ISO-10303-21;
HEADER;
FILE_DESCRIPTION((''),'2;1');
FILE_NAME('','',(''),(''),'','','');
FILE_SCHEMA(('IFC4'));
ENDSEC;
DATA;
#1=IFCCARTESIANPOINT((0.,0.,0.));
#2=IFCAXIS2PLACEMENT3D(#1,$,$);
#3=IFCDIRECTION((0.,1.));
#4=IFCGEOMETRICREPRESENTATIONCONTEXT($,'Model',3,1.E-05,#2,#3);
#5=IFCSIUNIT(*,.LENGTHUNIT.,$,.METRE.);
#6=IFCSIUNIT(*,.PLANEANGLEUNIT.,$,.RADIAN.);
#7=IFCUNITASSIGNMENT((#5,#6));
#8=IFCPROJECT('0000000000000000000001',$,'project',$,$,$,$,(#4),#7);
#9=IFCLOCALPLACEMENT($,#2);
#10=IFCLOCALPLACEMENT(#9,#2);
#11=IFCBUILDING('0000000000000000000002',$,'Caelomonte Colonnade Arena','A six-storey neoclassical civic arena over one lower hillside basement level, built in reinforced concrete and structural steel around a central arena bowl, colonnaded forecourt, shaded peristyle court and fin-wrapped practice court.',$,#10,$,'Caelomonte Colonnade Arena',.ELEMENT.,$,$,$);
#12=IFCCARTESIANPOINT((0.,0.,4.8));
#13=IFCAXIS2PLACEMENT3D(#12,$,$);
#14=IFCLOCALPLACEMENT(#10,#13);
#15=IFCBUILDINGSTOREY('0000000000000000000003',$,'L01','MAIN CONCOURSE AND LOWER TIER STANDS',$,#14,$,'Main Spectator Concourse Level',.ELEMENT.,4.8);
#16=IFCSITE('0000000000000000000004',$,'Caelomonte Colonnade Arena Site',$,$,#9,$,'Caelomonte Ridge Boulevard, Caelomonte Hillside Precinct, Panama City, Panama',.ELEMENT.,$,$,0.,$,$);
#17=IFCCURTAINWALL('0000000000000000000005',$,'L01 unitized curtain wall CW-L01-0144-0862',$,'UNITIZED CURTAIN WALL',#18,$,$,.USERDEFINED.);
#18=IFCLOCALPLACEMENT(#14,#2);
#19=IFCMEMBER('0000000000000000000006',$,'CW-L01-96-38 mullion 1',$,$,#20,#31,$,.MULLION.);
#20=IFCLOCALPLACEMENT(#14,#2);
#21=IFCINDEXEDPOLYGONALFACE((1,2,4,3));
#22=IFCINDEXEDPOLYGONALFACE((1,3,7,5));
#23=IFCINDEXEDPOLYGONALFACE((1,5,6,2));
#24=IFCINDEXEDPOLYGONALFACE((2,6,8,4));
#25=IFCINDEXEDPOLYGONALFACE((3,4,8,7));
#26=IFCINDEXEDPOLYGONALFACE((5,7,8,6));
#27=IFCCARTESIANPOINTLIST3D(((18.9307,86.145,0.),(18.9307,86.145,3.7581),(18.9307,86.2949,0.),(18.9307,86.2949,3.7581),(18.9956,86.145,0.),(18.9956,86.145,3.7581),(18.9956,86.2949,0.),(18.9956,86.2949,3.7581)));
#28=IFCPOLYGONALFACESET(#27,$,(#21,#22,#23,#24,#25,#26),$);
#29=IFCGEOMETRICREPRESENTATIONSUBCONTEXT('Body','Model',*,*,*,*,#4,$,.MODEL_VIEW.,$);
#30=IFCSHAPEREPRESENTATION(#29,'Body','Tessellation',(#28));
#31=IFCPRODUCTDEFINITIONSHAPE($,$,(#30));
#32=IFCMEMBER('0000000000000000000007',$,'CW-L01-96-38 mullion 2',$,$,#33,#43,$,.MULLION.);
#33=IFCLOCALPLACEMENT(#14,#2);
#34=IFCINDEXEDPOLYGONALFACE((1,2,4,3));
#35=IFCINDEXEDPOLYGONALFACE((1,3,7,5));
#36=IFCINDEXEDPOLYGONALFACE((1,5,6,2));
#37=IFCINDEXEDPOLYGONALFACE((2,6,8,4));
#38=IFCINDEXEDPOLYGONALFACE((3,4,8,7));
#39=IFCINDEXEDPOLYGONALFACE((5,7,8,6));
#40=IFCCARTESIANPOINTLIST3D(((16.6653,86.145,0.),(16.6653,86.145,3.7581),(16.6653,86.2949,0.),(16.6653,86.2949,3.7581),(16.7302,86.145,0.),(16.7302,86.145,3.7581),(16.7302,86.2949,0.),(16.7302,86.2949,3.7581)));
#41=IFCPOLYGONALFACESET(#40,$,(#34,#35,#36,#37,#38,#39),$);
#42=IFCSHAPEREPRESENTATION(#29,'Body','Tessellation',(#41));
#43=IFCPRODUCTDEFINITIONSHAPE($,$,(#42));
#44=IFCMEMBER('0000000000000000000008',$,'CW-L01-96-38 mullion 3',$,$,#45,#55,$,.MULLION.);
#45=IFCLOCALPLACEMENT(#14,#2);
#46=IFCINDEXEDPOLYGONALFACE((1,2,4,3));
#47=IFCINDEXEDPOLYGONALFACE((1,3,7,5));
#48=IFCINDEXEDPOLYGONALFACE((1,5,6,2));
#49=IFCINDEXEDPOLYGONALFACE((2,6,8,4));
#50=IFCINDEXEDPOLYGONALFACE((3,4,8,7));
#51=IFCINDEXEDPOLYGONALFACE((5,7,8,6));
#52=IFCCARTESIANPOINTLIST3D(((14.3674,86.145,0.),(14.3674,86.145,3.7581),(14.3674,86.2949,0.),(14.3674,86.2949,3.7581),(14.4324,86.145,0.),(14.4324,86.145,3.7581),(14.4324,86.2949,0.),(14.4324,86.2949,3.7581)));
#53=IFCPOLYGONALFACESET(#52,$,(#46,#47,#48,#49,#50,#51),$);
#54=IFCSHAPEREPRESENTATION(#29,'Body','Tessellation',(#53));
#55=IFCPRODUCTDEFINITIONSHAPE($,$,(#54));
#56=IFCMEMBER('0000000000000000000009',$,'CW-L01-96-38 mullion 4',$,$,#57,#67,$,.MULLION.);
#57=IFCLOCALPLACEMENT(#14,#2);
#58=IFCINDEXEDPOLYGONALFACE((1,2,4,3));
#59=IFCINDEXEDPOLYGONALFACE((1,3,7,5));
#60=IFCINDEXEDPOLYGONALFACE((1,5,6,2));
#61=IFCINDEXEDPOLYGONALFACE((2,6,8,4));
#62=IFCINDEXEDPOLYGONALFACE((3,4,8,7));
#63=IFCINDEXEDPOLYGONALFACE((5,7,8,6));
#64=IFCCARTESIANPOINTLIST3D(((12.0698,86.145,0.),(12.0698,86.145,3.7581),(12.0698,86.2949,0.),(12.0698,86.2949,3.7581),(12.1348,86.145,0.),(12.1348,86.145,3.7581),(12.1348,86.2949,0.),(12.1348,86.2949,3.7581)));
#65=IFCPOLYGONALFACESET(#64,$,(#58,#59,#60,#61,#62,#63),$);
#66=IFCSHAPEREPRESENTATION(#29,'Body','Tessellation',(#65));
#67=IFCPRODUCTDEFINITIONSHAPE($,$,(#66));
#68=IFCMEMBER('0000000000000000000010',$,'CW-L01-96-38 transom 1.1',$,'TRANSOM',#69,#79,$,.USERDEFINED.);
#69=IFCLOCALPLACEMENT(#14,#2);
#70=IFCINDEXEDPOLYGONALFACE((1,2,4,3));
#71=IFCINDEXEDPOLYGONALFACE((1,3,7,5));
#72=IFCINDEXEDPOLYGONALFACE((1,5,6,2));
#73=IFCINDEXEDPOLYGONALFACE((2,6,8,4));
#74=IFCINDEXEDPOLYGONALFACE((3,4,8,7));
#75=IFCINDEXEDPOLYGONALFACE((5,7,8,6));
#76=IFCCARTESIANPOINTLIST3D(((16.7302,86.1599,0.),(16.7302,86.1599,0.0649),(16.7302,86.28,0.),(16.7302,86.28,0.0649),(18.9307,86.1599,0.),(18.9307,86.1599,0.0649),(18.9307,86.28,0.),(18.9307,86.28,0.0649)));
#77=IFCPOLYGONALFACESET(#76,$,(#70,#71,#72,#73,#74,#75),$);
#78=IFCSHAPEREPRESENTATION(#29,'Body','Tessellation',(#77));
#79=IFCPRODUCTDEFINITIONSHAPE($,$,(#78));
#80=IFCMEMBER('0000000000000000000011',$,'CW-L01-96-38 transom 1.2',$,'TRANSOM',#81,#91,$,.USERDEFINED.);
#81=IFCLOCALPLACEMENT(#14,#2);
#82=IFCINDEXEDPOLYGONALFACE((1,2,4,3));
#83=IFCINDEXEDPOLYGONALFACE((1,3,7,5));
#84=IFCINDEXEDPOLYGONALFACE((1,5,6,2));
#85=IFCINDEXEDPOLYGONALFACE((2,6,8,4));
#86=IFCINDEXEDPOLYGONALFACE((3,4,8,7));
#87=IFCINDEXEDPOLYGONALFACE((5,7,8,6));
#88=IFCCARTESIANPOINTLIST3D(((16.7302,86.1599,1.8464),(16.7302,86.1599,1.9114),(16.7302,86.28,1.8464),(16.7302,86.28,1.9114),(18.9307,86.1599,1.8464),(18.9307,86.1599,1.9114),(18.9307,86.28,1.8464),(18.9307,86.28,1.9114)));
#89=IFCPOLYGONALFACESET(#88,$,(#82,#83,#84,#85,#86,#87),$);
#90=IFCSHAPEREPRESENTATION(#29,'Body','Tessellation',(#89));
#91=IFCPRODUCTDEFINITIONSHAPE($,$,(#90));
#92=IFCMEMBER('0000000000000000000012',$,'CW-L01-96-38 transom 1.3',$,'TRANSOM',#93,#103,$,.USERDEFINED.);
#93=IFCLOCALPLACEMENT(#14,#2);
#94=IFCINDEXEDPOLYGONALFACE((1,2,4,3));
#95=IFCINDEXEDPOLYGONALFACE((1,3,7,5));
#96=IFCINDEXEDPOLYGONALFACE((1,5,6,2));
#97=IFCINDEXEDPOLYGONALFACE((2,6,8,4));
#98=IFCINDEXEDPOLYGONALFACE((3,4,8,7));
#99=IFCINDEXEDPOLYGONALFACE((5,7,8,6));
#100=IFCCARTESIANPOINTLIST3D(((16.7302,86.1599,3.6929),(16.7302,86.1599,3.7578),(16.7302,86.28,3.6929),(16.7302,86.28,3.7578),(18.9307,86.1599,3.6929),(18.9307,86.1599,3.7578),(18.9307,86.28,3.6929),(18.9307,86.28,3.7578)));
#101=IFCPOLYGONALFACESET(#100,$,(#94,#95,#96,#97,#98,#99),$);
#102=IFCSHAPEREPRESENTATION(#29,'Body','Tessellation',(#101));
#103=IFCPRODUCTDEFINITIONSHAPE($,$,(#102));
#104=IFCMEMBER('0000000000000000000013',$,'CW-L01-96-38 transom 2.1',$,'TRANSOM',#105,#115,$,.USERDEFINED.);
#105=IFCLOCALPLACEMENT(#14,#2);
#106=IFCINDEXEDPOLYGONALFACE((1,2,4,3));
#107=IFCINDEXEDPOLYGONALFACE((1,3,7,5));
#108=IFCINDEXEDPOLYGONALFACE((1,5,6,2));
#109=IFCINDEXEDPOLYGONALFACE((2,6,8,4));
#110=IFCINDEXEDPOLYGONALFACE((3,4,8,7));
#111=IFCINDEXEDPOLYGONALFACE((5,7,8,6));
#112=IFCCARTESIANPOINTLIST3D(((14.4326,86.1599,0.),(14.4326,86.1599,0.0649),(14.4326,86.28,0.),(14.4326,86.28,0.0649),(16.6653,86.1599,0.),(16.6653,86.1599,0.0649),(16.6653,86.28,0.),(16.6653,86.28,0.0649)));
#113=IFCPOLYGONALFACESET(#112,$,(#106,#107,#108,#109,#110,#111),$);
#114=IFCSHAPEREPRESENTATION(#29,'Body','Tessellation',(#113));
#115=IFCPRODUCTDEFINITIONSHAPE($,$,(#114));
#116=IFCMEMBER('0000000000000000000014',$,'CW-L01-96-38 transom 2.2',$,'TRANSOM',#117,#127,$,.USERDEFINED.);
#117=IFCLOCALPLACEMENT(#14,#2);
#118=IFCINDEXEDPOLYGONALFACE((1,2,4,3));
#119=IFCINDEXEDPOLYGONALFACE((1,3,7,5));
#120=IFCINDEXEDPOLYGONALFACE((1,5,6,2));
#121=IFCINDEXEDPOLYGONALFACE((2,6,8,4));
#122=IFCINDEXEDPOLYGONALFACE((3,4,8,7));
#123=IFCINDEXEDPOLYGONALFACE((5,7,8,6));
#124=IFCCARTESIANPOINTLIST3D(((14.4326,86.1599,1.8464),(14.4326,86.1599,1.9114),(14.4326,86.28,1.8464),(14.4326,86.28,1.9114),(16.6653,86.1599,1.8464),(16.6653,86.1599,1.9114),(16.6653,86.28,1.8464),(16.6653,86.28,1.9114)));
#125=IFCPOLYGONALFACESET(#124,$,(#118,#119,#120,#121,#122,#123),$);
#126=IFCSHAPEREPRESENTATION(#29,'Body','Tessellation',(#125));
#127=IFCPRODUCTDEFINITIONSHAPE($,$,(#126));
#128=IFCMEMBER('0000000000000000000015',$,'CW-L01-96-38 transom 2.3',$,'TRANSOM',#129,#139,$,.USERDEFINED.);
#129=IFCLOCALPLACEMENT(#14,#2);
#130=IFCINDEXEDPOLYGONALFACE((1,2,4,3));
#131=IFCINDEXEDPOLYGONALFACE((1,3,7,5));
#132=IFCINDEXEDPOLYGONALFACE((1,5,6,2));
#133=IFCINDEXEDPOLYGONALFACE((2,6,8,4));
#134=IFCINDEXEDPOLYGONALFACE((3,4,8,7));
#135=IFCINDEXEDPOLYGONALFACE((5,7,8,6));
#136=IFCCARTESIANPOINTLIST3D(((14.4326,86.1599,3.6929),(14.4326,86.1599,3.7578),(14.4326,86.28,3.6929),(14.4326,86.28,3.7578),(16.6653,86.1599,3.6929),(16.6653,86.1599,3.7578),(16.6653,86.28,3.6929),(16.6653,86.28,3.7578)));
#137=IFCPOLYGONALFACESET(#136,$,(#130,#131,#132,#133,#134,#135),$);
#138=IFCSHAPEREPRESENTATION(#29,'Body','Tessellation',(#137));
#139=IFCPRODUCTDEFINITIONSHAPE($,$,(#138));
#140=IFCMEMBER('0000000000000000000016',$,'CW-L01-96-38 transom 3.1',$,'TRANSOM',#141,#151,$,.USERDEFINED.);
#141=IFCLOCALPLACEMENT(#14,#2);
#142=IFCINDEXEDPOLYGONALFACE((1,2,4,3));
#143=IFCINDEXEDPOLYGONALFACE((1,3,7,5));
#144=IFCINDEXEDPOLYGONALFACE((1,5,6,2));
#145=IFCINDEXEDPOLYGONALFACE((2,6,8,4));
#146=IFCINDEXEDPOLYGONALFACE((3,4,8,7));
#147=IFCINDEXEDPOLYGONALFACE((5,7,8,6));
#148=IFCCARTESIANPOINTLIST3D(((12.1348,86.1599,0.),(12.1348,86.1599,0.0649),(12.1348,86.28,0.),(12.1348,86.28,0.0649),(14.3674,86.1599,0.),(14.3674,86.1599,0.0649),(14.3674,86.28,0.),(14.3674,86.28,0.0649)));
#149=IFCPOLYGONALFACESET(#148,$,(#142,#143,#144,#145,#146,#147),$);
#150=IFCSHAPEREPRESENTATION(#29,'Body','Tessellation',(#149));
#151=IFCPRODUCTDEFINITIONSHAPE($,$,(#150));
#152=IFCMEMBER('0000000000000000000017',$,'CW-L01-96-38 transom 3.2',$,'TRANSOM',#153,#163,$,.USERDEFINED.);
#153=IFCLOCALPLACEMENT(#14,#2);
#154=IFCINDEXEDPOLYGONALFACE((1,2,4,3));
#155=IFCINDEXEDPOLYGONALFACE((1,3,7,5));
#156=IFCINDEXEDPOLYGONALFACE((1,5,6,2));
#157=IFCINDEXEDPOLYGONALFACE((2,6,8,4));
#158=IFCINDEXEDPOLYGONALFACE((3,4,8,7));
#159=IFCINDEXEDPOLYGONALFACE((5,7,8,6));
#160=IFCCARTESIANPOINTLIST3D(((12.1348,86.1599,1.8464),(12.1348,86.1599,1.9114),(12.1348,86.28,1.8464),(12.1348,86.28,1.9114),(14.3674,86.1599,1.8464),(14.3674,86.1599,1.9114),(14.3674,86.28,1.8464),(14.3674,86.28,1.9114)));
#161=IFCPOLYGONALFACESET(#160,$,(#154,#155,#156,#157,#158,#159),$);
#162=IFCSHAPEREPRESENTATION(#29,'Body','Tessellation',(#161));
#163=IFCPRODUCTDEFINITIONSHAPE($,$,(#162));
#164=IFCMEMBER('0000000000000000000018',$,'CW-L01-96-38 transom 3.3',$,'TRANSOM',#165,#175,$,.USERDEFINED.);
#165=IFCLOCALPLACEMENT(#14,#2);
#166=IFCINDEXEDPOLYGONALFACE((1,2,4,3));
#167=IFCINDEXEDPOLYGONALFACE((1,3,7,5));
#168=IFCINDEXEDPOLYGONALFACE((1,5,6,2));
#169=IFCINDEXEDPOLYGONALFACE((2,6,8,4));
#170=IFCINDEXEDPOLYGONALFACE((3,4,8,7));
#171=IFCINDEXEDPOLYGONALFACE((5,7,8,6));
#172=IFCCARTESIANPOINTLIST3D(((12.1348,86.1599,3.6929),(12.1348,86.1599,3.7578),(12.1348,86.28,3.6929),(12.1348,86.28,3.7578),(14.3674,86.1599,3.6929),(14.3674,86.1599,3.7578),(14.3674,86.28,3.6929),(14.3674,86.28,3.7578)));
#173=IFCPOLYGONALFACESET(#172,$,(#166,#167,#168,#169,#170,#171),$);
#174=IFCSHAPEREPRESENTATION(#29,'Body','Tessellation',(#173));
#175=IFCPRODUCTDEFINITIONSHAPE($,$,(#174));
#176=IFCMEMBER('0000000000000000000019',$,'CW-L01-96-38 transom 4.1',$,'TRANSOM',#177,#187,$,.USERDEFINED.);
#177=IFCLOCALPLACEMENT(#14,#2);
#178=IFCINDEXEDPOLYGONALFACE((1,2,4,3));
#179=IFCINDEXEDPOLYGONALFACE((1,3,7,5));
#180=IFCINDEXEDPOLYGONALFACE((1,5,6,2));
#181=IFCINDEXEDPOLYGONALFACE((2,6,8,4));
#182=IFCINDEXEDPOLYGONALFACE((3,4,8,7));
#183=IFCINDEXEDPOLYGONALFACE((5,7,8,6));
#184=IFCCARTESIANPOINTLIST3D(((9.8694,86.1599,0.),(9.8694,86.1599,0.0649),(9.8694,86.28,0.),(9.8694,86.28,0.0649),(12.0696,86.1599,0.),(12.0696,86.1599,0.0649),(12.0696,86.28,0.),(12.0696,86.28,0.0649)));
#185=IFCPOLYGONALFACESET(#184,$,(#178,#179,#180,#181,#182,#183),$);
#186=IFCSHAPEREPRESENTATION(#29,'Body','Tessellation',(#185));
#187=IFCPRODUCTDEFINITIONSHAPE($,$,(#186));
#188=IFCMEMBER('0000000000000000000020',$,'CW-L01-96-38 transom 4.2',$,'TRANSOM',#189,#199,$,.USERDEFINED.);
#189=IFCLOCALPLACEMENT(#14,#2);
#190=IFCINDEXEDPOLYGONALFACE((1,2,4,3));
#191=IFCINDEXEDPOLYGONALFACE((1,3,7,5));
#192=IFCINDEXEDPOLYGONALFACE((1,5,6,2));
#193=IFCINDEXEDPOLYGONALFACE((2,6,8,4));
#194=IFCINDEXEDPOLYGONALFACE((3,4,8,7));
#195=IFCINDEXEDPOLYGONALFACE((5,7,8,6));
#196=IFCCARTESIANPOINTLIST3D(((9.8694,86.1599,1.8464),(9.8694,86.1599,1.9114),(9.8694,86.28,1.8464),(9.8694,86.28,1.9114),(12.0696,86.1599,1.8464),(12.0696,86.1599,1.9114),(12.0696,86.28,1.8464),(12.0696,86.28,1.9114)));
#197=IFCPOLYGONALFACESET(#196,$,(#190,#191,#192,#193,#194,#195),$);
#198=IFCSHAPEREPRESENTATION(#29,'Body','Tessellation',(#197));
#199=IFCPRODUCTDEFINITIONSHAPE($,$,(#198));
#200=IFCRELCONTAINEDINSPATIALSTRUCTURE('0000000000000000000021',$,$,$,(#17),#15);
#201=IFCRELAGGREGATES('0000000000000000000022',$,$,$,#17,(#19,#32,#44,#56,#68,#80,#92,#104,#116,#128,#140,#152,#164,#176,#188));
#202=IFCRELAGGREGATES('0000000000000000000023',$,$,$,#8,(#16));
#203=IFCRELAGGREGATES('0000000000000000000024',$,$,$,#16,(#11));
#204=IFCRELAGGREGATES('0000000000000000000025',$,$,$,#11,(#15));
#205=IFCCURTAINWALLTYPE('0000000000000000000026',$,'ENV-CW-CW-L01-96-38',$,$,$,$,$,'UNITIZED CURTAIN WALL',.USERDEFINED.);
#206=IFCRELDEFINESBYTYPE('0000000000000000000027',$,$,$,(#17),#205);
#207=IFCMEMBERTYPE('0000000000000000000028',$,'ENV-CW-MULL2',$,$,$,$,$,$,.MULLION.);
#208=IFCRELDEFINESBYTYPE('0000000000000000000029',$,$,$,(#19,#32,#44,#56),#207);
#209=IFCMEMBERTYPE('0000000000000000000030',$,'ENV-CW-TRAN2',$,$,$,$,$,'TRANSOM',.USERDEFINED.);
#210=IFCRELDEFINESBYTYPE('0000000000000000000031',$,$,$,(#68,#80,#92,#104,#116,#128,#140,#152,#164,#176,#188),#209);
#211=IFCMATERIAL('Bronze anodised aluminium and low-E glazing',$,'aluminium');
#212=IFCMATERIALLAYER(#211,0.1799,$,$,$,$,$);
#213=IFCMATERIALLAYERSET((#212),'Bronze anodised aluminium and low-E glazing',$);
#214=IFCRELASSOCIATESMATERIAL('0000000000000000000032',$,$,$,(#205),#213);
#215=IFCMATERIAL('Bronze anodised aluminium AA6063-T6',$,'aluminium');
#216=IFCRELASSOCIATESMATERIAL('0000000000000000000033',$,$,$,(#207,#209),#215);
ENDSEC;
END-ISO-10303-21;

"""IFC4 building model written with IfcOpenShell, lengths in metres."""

from ifc_helpers import new_model, si_unit, direction, frame, origin, origin_2d, place, context, subcontext, project, spatial, rectangle, extrude, material, layer, layer_set, material_profile, profile_set, type_object, element, aggregate, save


model = new_model("IFC4")

# Units and contexts
model_context = context("Model", 3, precision=1e-05, world=origin(), true_north=direction((0.0, 1.0)))
body_context = subcontext(model_context, "Body", "Model", "MODEL_VIEW")
ifc_project = project(units=[si_unit("LENGTHUNIT", "METRE"), si_unit("PLANEANGLEUNIT", "RADIAN")], contexts=[model_context])

# Site, building, storey
site_placement = place(None, origin())
site = spatial("IfcSite", under=ifc_project, at=site_placement, Name="Caelomonte Colonnade Arena Site", LongName="Caelomonte Ridge Boulevard, Caelomonte Hillside Precinct, Panama City, Panama", CompositionType="ELEMENT", RefElevation=0.0)
building_placement = place(site_placement, origin())
building = spatial("IfcBuilding", under=site, at=building_placement, Name="Caelomonte Colonnade Arena", Description="A six-storey neoclassical civic arena over one lower hillside basement level, built in reinforced concrete and structural steel around a central arena bowl, colonnaded forecourt, shaded peristyle court and fin-wrapped practice court.", LongName="Caelomonte Colonnade Arena", CompositionType="ELEMENT")
storey_placement = place(building_placement, frame((0.0, 0.0, 4.8)))
storey = spatial("IfcBuildingStorey", under=building, at=storey_placement, Name="L01", Description="MAIN CONCOURSE AND LOWER TIER STANDS", LongName="Main Spectator Concourse Level", CompositionType="ELEMENT", Elevation=4.8)

# Curtain wall, members
ifc_material_1 = material(Name="Bronze anodised aluminium and low-E glazing", Category="aluminium")
ifc_layer_1 = layer(ifc_material_1, 0.1799)
ifc_layer_set_1 = layer_set([ifc_layer_1], Name="Bronze anodised aluminium and low-E glazing")
curtain_wall_type = type_object("IfcCurtainWallType", Name="ENV-CW-CW-L01-96-38", ElementType="UNITIZED CURTAIN WALL", PredefinedType="USERDEFINED", material=ifc_layer_set_1)
curtain_wall_placement = place(storey_placement, origin())
curtain_wall = element("IfcCurtainWall", 1, at=curtain_wall_placement, inside=storey, type_object=curtain_wall_type, Name="L01 unitized curtain wall CW-L01-0144-0862", ObjectType="UNITIZED CURTAIN WALL", PredefinedType="USERDEFINED")
ifc_material_2 = material(Name="Bronze anodised aluminium AA6063-T6", Category="aluminium")
ifc_material_profile_1 = material_profile(ifc_material_2, rectangle(XDim=0.0649, YDim=0.1499, at=origin_2d()), Name="CWM-65X150")
ifc_profile_set_1 = profile_set([ifc_material_profile_1], Name="Bronze anodised aluminium AA6063-T6")
member_type_1 = type_object("IfcMemberType", Name="ENV-CW-MULL2", PredefinedType="MULLION", material=ifc_profile_set_1)
member_1_placement = place(storey_placement, frame((18.9631, 86.22, 0.0), z_axis=(0.0, 0.0, 1.0), x_axis=(-1.0, 0.0, 0.0)))
member_1 = element("IfcMember", 2, at=member_1_placement, type_object=member_type_1, Name="CW-L01-96-38 mullion 1", PredefinedType="MULLION", context=body_context, shape_type="SweptSolid", body=[
    extrude(rectangle(XDim=0.0649, YDim=0.1499, at=origin_2d()), origin(), (0.0, 0.0, 1.0), 3.7581),
])
member_2_placement = place(storey_placement, frame((16.6978, 86.22, 0.0), z_axis=(0.0, 0.0, 1.0), x_axis=(-1.0, 0.0, 0.0)))
member_2 = element("IfcMember", 3, at=member_2_placement, type_object=member_type_1, Name="CW-L01-96-38 mullion 2", PredefinedType="MULLION", context=body_context, shape_type="SweptSolid", body=[
    extrude(rectangle(XDim=0.0649, YDim=0.1499, at=origin_2d()), origin(), (0.0, 0.0, 1.0), 3.7581),
])
member_3_placement = place(storey_placement, frame((14.3999, 86.22, 0.0), z_axis=(0.0, 0.0, 1.0), x_axis=(-1.0, 0.0, 0.0)))
member_3 = element("IfcMember", 4, at=member_3_placement, type_object=member_type_1, Name="CW-L01-96-38 mullion 3", PredefinedType="MULLION", context=body_context, shape_type="SweptSolid", body=[
    extrude(rectangle(XDim=0.0649, YDim=0.1499, at=origin_2d()), origin(), (0.0, 0.0, 1.0), 3.7581),
])
member_4_placement = place(storey_placement, frame((12.1023, 86.22, 0.0), z_axis=(0.0, 0.0, 1.0), x_axis=(-1.0, 0.0, 0.0)))
member_4 = element("IfcMember", 5, at=member_4_placement, type_object=member_type_1, Name="CW-L01-96-38 mullion 4", PredefinedType="MULLION", context=body_context, shape_type="SweptSolid", body=[
    extrude(rectangle(XDim=0.0649, YDim=0.1499, at=origin_2d()), origin(), (0.0, 0.0, 1.0), 3.7581),
])
ifc_material_profile_2 = material_profile(ifc_material_2, rectangle(XDim=0.0649, YDim=0.1201, at=origin_2d()), Name="CWT-65X120")
ifc_profile_set_2 = profile_set([ifc_material_profile_2], Name="Bronze anodised aluminium AA6063-T6")
member_type_2 = type_object("IfcMemberType", Name="ENV-CW-TRAN2", ElementType="TRANSOM", PredefinedType="USERDEFINED", material=ifc_profile_set_2)
member_5_placement = place(storey_placement, frame((18.9307, 86.22, 0.0325), z_axis=(-1.0, 0.0, 0.0), x_axis=(0.0, 0.0, 1.0)))
member_5 = element("IfcMember", 6, at=member_5_placement, type_object=member_type_2, Name="CW-L01-96-38 transom 1.1", ObjectType="TRANSOM", PredefinedType="USERDEFINED", context=body_context, shape_type="SweptSolid", body=[
    extrude(rectangle(XDim=0.0649, YDim=0.1201, at=origin_2d()), origin(), (0.0, 0.0, 1.0), 2.2004),
])
member_6_placement = place(storey_placement, frame((18.9307, 86.22, 1.8789), z_axis=(-1.0, 0.0, 0.0), x_axis=(0.0, 0.0, 1.0)))
member_6 = element("IfcMember", 7, at=member_6_placement, type_object=member_type_2, Name="CW-L01-96-38 transom 1.2", ObjectType="TRANSOM", PredefinedType="USERDEFINED", context=body_context, shape_type="SweptSolid", body=[
    extrude(rectangle(XDim=0.0649, YDim=0.1201, at=origin_2d()), origin(), (0.0, 0.0, 1.0), 2.2004),
])
member_7_placement = place(storey_placement, frame((18.9307, 86.22, 3.7253), z_axis=(-1.0, 0.0, 0.0), x_axis=(0.0, 0.0, 1.0)))
member_7 = element("IfcMember", 8, at=member_7_placement, type_object=member_type_2, Name="CW-L01-96-38 transom 1.3", ObjectType="TRANSOM", PredefinedType="USERDEFINED", context=body_context, shape_type="SweptSolid", body=[
    extrude(rectangle(XDim=0.0649, YDim=0.1201, at=origin_2d()), origin(), (0.0, 0.0, 1.0), 2.2004),
])
member_8_placement = place(storey_placement, frame((16.6653, 86.22, 0.0325), z_axis=(-1.0, 0.0, 0.0), x_axis=(0.0, 0.0, 1.0)))
member_8 = element("IfcMember", 9, at=member_8_placement, type_object=member_type_2, Name="CW-L01-96-38 transom 2.1", ObjectType="TRANSOM", PredefinedType="USERDEFINED", context=body_context, shape_type="SweptSolid", body=[
    extrude(rectangle(XDim=0.0649, YDim=0.1201, at=origin_2d()), origin(), (0.0, 0.0, 1.0), 2.2327),
])
member_9_placement = place(storey_placement, frame((16.6653, 86.22, 1.8789), z_axis=(-1.0, 0.0, 0.0), x_axis=(0.0, 0.0, 1.0)))
member_9 = element("IfcMember", 10, at=member_9_placement, type_object=member_type_2, Name="CW-L01-96-38 transom 2.2", ObjectType="TRANSOM", PredefinedType="USERDEFINED", context=body_context, shape_type="SweptSolid", body=[
    extrude(rectangle(XDim=0.0649, YDim=0.1201, at=origin_2d()), origin(), (0.0, 0.0, 1.0), 2.2327),
])
member_10_placement = place(storey_placement, frame((16.6653, 86.22, 3.7253), z_axis=(-1.0, 0.0, 0.0), x_axis=(0.0, 0.0, 1.0)))
member_10 = element("IfcMember", 11, at=member_10_placement, type_object=member_type_2, Name="CW-L01-96-38 transom 2.3", ObjectType="TRANSOM", PredefinedType="USERDEFINED", context=body_context, shape_type="SweptSolid", body=[
    extrude(rectangle(XDim=0.0649, YDim=0.1201, at=origin_2d()), origin(), (0.0, 0.0, 1.0), 2.2327),
])
member_11_placement = place(storey_placement, frame((14.3674, 86.22, 0.0325), z_axis=(-1.0, 0.0, 0.0), x_axis=(0.0, 0.0, 1.0)))
member_11 = element("IfcMember", 12, at=member_11_placement, type_object=member_type_2, Name="CW-L01-96-38 transom 3.1", ObjectType="TRANSOM", PredefinedType="USERDEFINED", context=body_context, shape_type="SweptSolid", body=[
    extrude(rectangle(XDim=0.0649, YDim=0.1201, at=origin_2d()), origin(), (0.0, 0.0, 1.0), 2.2327),
])
member_12_placement = place(storey_placement, frame((14.3674, 86.22, 1.8789), z_axis=(-1.0, 0.0, 0.0), x_axis=(0.0, 0.0, 1.0)))
member_12 = element("IfcMember", 13, at=member_12_placement, type_object=member_type_2, Name="CW-L01-96-38 transom 3.2", ObjectType="TRANSOM", PredefinedType="USERDEFINED", context=body_context, shape_type="SweptSolid", body=[
    extrude(rectangle(XDim=0.0649, YDim=0.1201, at=origin_2d()), origin(), (0.0, 0.0, 1.0), 2.2327),
])
member_13_placement = place(storey_placement, frame((14.3674, 86.22, 3.7253), z_axis=(-1.0, 0.0, 0.0), x_axis=(0.0, 0.0, 1.0)))
member_13 = element("IfcMember", 14, at=member_13_placement, type_object=member_type_2, Name="CW-L01-96-38 transom 3.3", ObjectType="TRANSOM", PredefinedType="USERDEFINED", context=body_context, shape_type="SweptSolid", body=[
    extrude(rectangle(XDim=0.0649, YDim=0.1201, at=origin_2d()), origin(), (0.0, 0.0, 1.0), 2.2327),
])
member_14_placement = place(storey_placement, frame((12.0696, 86.22, 0.0325), z_axis=(-1.0, 0.0, 0.0), x_axis=(0.0, 0.0, 1.0)))
member_14 = element("IfcMember", 15, at=member_14_placement, type_object=member_type_2, Name="CW-L01-96-38 transom 4.1", ObjectType="TRANSOM", PredefinedType="USERDEFINED", context=body_context, shape_type="SweptSolid", body=[
    extrude(rectangle(XDim=0.0649, YDim=0.1201, at=origin_2d()), origin(), (0.0, 0.0, 1.0), 2.2002),
])
member_15_placement = place(storey_placement, frame((12.0696, 86.22, 1.8789), z_axis=(-1.0, 0.0, 0.0), x_axis=(0.0, 0.0, 1.0)))
member_15 = element("IfcMember", 16, at=member_15_placement, type_object=member_type_2, Name="CW-L01-96-38 transom 4.2", ObjectType="TRANSOM", PredefinedType="USERDEFINED", context=body_context, shape_type="SweptSolid", body=[
    extrude(rectangle(XDim=0.0649, YDim=0.1201, at=origin_2d()), origin(), (0.0, 0.0, 1.0), 2.2002),
])
aggregate(curtain_wall, [member_1, member_2, member_3, member_4, member_5, member_6, member_7, member_8, member_9, member_10, member_11, member_12, member_13, member_14, member_15])

save(model, "model.ifc")
